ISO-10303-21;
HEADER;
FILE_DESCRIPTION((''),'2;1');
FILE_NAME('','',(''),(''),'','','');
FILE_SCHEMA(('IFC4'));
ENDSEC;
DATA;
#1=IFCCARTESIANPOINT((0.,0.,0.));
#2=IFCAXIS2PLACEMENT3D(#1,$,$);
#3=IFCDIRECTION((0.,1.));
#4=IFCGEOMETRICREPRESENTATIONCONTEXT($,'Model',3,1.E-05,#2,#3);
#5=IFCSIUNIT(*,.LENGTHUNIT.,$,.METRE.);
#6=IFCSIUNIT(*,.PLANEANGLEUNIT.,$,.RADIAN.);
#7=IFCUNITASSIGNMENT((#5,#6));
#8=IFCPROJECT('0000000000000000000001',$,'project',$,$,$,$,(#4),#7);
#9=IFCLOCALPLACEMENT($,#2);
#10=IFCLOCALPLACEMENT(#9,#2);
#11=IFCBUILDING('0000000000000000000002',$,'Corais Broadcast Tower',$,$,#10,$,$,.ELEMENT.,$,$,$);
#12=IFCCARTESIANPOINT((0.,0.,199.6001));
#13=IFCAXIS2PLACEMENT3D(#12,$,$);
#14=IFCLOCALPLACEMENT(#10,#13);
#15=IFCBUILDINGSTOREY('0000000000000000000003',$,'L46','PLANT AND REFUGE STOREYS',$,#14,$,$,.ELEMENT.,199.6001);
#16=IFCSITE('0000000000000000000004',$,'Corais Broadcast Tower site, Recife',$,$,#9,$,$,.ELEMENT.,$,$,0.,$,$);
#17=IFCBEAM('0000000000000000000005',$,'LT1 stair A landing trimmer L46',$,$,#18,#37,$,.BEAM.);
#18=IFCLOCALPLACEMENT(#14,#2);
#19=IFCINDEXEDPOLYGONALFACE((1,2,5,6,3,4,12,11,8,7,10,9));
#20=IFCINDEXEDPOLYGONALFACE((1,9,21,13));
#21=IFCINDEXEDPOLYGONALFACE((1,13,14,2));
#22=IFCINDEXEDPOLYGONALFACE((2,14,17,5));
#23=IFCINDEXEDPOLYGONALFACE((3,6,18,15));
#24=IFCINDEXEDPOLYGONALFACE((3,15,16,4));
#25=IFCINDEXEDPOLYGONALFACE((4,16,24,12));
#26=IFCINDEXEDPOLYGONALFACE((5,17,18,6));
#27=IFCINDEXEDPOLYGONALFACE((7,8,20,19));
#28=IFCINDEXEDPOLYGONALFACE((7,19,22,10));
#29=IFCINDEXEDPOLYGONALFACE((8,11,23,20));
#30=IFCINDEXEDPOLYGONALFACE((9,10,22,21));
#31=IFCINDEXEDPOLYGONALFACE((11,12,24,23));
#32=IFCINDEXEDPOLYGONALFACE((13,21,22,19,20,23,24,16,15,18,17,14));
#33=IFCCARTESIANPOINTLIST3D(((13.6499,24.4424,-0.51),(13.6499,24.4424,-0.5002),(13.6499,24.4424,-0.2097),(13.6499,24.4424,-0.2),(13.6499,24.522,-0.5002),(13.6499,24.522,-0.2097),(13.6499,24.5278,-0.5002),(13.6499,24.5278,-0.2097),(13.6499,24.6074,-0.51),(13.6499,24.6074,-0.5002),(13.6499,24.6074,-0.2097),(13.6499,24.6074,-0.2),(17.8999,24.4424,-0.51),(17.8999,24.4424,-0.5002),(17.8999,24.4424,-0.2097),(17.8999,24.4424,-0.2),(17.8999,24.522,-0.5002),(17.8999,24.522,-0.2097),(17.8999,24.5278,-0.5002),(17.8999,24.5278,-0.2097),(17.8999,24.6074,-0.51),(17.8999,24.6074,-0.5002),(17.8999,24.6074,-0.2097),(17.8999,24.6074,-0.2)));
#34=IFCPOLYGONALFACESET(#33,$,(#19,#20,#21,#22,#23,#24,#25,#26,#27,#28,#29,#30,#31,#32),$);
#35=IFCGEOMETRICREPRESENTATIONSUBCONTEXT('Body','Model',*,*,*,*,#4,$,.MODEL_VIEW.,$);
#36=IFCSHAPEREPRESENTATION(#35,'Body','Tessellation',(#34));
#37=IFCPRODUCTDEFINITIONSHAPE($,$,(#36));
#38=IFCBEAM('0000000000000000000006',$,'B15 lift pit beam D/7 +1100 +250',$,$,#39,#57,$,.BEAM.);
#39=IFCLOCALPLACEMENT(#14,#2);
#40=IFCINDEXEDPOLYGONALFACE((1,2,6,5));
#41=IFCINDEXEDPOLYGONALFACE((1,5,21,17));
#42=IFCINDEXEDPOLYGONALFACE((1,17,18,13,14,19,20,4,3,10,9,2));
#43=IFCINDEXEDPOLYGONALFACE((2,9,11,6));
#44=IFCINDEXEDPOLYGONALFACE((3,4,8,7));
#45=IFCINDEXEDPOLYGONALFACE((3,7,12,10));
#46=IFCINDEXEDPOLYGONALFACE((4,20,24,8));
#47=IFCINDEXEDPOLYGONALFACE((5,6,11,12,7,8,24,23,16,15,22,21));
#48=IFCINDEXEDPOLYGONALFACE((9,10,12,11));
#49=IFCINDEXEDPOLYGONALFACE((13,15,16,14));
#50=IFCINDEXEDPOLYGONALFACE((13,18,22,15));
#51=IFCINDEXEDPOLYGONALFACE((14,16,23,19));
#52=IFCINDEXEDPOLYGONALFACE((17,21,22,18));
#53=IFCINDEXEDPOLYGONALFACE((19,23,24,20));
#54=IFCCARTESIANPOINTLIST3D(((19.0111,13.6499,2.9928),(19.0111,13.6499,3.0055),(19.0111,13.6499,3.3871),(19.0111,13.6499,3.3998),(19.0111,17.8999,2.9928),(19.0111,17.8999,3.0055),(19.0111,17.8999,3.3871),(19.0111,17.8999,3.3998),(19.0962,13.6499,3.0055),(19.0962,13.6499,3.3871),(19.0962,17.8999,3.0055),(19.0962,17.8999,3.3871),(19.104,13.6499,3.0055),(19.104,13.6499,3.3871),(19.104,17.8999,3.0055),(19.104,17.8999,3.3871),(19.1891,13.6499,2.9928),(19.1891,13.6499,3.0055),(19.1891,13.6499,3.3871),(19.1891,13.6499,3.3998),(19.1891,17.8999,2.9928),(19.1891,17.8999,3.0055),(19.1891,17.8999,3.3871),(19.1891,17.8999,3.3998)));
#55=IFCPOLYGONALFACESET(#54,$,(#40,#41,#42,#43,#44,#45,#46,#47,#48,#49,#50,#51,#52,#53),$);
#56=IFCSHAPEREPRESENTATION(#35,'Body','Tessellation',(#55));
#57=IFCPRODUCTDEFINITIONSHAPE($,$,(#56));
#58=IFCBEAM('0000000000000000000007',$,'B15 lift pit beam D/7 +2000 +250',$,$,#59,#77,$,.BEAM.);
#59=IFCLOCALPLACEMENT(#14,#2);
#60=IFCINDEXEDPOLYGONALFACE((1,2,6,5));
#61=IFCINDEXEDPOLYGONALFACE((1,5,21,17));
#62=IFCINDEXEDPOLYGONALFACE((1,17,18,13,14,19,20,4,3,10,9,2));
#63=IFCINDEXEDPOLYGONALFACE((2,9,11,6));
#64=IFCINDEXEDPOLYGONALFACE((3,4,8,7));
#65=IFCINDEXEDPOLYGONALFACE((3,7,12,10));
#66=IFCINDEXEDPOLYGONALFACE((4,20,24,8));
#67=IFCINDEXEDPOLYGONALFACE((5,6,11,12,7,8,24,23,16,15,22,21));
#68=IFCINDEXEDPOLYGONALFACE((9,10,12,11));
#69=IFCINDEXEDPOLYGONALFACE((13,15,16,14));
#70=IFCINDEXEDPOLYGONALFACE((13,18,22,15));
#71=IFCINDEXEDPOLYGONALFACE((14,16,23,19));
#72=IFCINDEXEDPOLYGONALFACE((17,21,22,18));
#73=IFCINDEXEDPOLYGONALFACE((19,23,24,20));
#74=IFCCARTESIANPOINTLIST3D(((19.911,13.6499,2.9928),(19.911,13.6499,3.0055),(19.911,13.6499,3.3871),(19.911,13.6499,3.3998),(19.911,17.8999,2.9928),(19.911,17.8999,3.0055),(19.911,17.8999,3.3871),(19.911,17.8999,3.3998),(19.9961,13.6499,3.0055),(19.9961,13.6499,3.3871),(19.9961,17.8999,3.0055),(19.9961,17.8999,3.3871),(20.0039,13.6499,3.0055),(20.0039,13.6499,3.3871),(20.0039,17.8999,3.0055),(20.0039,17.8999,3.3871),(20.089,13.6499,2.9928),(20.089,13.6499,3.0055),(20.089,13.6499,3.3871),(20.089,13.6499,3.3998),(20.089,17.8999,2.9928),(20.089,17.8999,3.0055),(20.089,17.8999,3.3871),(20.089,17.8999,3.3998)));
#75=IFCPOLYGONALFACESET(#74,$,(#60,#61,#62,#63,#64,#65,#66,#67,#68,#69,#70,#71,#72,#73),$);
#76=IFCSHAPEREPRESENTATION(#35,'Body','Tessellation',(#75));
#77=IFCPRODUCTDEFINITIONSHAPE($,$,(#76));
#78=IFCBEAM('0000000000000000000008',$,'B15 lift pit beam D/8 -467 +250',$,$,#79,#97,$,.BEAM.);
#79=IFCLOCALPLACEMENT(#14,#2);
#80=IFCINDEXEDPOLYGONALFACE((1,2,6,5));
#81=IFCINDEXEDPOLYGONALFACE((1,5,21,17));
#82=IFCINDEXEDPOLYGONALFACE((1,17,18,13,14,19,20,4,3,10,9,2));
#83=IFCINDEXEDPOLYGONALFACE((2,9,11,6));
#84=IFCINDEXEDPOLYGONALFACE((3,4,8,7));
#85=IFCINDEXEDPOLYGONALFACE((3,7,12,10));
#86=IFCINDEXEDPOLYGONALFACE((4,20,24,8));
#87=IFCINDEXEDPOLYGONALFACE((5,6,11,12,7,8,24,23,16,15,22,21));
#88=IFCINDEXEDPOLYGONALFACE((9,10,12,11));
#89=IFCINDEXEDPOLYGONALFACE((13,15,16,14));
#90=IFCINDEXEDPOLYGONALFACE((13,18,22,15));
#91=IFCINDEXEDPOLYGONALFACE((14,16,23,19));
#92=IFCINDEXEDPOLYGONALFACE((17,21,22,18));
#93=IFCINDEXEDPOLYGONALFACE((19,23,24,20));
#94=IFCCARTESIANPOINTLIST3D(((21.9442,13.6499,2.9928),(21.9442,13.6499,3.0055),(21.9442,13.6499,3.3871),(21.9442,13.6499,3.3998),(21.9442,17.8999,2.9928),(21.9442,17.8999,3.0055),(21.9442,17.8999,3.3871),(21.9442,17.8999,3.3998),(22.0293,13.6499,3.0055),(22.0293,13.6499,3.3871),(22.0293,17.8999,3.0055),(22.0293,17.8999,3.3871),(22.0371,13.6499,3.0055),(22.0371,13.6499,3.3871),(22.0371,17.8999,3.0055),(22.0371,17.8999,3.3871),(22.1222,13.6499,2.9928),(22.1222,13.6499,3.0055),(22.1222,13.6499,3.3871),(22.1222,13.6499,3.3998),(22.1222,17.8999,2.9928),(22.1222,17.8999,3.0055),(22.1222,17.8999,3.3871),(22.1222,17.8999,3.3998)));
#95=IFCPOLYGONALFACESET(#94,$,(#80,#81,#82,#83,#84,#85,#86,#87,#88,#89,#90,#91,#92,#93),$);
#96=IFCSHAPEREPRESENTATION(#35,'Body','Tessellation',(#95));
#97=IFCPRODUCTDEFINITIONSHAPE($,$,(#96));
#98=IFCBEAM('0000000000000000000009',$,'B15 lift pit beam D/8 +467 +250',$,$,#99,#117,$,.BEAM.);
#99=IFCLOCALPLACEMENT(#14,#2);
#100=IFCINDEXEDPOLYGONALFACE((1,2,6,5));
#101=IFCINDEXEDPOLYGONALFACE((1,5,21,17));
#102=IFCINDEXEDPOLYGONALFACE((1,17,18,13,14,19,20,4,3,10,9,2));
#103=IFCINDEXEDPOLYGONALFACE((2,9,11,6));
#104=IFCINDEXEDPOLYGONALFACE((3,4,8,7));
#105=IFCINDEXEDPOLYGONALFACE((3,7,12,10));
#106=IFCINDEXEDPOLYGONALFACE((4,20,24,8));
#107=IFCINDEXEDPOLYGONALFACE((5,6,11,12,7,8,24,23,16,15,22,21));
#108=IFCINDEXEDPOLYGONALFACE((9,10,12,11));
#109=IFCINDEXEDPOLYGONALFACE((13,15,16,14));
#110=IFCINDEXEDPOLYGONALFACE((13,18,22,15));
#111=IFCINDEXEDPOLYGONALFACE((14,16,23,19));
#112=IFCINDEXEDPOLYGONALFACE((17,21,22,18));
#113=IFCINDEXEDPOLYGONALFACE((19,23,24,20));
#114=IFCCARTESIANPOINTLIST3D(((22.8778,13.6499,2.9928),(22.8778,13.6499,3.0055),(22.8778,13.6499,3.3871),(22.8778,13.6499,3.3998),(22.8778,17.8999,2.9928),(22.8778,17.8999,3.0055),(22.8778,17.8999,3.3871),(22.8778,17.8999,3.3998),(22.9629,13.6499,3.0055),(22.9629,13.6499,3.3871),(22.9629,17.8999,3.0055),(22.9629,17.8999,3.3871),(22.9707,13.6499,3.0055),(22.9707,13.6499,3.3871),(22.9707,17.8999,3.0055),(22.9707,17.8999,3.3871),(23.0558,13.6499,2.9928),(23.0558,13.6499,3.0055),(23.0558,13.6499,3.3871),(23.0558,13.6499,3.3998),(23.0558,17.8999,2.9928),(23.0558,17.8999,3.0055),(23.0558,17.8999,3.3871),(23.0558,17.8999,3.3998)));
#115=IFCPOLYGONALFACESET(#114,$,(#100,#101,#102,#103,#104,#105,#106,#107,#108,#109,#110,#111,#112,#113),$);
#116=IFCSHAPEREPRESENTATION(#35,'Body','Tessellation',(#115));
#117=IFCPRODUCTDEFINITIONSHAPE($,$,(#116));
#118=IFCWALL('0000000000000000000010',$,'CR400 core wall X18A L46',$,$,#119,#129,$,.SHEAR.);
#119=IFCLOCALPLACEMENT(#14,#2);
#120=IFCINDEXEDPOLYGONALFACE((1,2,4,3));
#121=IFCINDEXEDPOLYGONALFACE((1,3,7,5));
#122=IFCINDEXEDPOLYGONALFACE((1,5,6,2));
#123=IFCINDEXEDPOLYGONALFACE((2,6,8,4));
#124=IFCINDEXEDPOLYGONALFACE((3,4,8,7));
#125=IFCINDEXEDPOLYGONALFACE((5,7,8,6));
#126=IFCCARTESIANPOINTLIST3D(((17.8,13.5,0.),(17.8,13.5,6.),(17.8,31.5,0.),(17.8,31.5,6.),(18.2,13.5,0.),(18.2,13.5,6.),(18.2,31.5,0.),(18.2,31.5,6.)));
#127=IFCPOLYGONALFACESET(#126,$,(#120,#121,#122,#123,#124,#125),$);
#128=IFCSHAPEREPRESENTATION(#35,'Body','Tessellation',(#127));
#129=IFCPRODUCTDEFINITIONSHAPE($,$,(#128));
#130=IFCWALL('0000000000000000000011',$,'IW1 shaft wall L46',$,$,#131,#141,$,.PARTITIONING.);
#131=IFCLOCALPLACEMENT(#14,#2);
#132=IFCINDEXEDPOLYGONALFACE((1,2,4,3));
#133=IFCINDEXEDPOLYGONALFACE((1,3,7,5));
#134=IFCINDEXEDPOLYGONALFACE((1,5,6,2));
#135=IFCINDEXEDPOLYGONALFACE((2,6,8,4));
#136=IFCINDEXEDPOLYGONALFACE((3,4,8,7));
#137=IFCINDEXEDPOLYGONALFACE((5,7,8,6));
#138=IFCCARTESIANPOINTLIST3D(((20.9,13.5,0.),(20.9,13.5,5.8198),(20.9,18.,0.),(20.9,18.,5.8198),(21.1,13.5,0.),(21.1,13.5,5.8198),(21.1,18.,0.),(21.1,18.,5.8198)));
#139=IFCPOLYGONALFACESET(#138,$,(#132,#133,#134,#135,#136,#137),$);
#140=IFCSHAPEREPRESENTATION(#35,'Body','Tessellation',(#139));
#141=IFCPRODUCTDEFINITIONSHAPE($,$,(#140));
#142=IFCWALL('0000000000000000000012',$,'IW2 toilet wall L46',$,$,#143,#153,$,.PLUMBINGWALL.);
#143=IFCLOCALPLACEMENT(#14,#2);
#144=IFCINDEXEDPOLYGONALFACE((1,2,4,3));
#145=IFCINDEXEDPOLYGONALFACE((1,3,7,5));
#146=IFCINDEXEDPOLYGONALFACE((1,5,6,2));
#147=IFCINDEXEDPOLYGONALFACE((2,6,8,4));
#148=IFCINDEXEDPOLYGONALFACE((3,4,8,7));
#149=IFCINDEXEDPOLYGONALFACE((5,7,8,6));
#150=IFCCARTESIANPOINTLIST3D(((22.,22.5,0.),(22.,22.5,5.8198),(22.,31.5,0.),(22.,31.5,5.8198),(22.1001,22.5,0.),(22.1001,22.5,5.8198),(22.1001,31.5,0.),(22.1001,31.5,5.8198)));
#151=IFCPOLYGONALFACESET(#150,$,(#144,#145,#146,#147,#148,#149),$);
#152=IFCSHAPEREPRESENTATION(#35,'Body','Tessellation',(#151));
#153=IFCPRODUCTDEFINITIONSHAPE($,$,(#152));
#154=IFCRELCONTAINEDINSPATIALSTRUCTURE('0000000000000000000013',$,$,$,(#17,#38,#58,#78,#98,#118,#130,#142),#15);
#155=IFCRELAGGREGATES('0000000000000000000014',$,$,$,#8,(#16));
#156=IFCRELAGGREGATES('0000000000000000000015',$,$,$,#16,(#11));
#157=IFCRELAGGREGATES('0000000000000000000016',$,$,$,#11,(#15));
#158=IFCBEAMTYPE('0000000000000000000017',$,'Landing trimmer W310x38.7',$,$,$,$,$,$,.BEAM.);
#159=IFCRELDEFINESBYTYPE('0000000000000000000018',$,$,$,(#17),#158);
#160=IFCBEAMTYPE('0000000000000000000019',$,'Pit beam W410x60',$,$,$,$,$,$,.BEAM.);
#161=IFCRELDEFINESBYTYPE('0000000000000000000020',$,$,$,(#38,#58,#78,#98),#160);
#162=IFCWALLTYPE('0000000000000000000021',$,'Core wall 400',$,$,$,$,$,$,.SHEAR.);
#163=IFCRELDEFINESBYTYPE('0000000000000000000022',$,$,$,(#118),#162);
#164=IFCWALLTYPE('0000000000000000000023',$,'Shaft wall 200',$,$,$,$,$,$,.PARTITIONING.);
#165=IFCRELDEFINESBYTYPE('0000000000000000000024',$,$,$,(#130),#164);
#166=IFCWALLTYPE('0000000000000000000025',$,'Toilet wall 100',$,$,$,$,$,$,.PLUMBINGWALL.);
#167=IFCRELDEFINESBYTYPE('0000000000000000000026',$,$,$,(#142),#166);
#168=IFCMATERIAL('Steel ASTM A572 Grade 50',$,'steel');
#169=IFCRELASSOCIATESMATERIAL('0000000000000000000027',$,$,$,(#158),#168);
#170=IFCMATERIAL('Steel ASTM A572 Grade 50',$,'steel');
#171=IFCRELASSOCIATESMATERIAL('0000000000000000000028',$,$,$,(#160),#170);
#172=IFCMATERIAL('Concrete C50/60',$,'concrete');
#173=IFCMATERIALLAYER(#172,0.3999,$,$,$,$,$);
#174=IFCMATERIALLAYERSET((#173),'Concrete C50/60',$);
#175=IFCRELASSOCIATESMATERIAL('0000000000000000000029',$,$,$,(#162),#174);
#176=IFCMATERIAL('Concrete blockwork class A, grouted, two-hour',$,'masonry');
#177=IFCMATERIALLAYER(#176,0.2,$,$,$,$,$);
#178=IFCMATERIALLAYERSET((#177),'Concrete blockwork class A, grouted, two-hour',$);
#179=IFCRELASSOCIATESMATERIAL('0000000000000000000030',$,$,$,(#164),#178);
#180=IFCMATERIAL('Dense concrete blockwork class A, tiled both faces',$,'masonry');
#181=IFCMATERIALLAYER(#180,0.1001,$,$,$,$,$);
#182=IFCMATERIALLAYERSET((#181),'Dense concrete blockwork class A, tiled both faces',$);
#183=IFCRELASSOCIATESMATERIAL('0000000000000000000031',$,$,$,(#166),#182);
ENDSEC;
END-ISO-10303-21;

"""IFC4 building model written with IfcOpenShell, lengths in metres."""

from ifc_helpers import new_model, si_unit, direction, frame, frame_2d, origin, origin_2d, place, context, subcontext, project, spatial, rectangle, i_section, extrude, material, layer, layer_set, material_profile, profile_set, type_object, element, save


model = new_model("IFC4")

# Units and contexts
model_context = context("Model", 3, precision=1e-05, world=origin(), true_north=direction((0.0, 1.0)))
body_context = subcontext(model_context, "Body", "Model", "MODEL_VIEW")
ifc_project = project(units=[si_unit("LENGTHUNIT", "METRE"), si_unit("PLANEANGLEUNIT", "RADIAN")], contexts=[model_context])

# Site, building, storey
site_placement = place(None, origin())
site = spatial("IfcSite", under=ifc_project, at=site_placement, Name="Corais Broadcast Tower site, Recife", CompositionType="ELEMENT", RefElevation=0.0)
building_placement = place(site_placement, origin())
building = spatial("IfcBuilding", under=site, at=building_placement, Name="Corais Broadcast Tower", CompositionType="ELEMENT")
storey_placement = place(building_placement, frame((0.0, 0.0, 199.6001)))
storey = spatial("IfcBuildingStorey", under=building, at=storey_placement, Name="L46", Description="PLANT AND REFUGE STOREYS", CompositionType="ELEMENT", Elevation=199.6001)

# Beams
ifc_material_1 = material(Name="Steel ASTM A572 Grade 50", Category="steel")
ifc_material_profile_1 = material_profile(ifc_material_1, i_section(OverallWidth=0.165, OverallDepth=0.3101, WebThickness=0.0059, FlangeThickness=0.0098, at=origin_2d()), Name="W310x38.7")
ifc_profile_set_1 = profile_set([ifc_material_profile_1], Name="Steel ASTM A572 Grade 50")
beam_type_1 = type_object("IfcBeamType", Name="Landing trimmer W310x38.7", PredefinedType="BEAM", material=ifc_profile_set_1)
beam_placement = place(storey_placement, frame((13.6499, 24.5249, -0.355), z_axis=(1.0, 0.0, 0.0), x_axis=(0.0, 1.0, 0.0)))
element("IfcBeam", 1, at=beam_placement, inside=storey, type_object=beam_type_1, Name="LT1 stair A landing trimmer L46", PredefinedType="BEAM", context=body_context, shape_type="SweptSolid", body=[
    extrude(i_section(OverallWidth=0.165, OverallDepth=0.3101, WebThickness=0.0059, FlangeThickness=0.0098, at=origin_2d()), origin(), (0.0, 0.0, 1.0), 4.25),
])
ifc_material_2 = material(Name="Steel ASTM A572 Grade 50", Category="steel")
ifc_material_profile_2 = material_profile(ifc_material_2, i_section(OverallWidth=0.178, OverallDepth=0.407, WebThickness=0.0078, FlangeThickness=0.0127, at=origin_2d()), Name="W410x60")
ifc_profile_set_2 = profile_set([ifc_material_profile_2], Name="Steel ASTM A572 Grade 50")
beam_type_2 = type_object("IfcBeamType", Name="Pit beam W410x60", PredefinedType="BEAM", material=ifc_profile_set_2)
for number, where, z_axis, x_axis, name in (
    (2, (19.1001, 13.6499, 3.1963), (0.0, 1.0, 0.0), (-1.0, 0.0, 0.0), "B15 lift pit beam D/7 +1100 +250"),
    (3, (20.0, 13.6499, 3.1963), (0.0, 1.0, 0.0), (-1.0, 0.0, 0.0), "B15 lift pit beam D/7 +2000 +250"),
    (4, (22.0332, 13.6499, 3.1963), (0.0, 1.0, 0.0), (-1.0, 0.0, 0.0), "B15 lift pit beam D/8 -467 +250"),
    (5, (22.9668, 13.6499, 3.1963), (0.0, 1.0, 0.0), (-1.0, 0.0, 0.0), "B15 lift pit beam D/8 +467 +250"),
):
    element("IfcBeam", number, at=place(storey_placement, frame(where, z_axis=z_axis, x_axis=x_axis)), inside=storey, type_object=beam_type_2, Name=name, PredefinedType="BEAM", context=body_context, shape_type="SweptSolid", body=[
        extrude(i_section(OverallWidth=0.178, OverallDepth=0.407, WebThickness=0.0078, FlangeThickness=0.0127, at=origin_2d()), origin(), (0.0, 0.0, 1.0), 4.25),
    ])

# Walls
ifc_material_3 = material(Name="Concrete C50/60", Category="concrete")
ifc_layer_1 = layer(ifc_material_3, 0.3999)
ifc_layer_set_1 = layer_set([ifc_layer_1], Name="Concrete C50/60")
wall_type_1 = type_object("IfcWallType", Name="Core wall 400", PredefinedType="SHEAR", material=ifc_layer_set_1)
wall_1_placement = place(storey_placement, frame((18.0, 13.5, 0.0), z_axis=(0.0, 0.0, 1.0), x_axis=(0.0, 1.0, 0.0)))
element("IfcWall", 6, at=wall_1_placement, inside=storey, type_object=wall_type_1, Name="CR400 core wall X18A L46", PredefinedType="SHEAR", context=body_context, shape_type="SweptSolid", body=[
    extrude(rectangle(XDim=18.0, YDim=0.3999, at=frame_2d((9.0, 0.0))), origin(), (0.0, 0.0, 1.0), 6.0),
])
ifc_material_4 = material(Name="Concrete blockwork class A, grouted, two-hour", Category="masonry")
ifc_layer_2 = layer(ifc_material_4, 0.2)
ifc_layer_set_2 = layer_set([ifc_layer_2], Name="Concrete blockwork class A, grouted, two-hour")
wall_type_2 = type_object("IfcWallType", Name="Shaft wall 200", PredefinedType="PARTITIONING", material=ifc_layer_set_2)
wall_2_placement = place(storey_placement, frame((21.0, 13.5, 0.0), z_axis=(0.0, 0.0, 1.0), x_axis=(0.0, 1.0, 0.0)))
element("IfcWall", 7, at=wall_2_placement, inside=storey, type_object=wall_type_2, Name="IW1 shaft wall L46", PredefinedType="PARTITIONING", context=body_context, shape_type="SweptSolid", body=[
    extrude(rectangle(XDim=4.5, YDim=0.2, at=frame_2d((2.25, 0.0))), origin(), (0.0, 0.0, 1.0), 5.8198),
])
ifc_material_5 = material(Name="Dense concrete blockwork class A, tiled both faces", Category="masonry")
ifc_layer_3 = layer(ifc_material_5, 0.1001)
ifc_layer_set_3 = layer_set([ifc_layer_3], Name="Dense concrete blockwork class A, tiled both faces")
wall_type_3 = type_object("IfcWallType", Name="Toilet wall 100", PredefinedType="PLUMBINGWALL", material=ifc_layer_set_3)
wall_3_placement = place(storey_placement, frame((22.05, 22.5, 0.0), z_axis=(0.0, 0.0, 1.0), x_axis=(0.0, 1.0, 0.0)))
element("IfcWall", 8, at=wall_3_placement, inside=storey, type_object=wall_type_3, Name="IW2 toilet wall L46", PredefinedType="PLUMBINGWALL", context=body_context, shape_type="SweptSolid", body=[
    extrude(rectangle(XDim=9.0, YDim=0.1001, at=frame_2d((4.5, 0.0))), origin(), (0.0, 0.0, 1.0), 5.8198),
])

save(model, "model.ifc")
